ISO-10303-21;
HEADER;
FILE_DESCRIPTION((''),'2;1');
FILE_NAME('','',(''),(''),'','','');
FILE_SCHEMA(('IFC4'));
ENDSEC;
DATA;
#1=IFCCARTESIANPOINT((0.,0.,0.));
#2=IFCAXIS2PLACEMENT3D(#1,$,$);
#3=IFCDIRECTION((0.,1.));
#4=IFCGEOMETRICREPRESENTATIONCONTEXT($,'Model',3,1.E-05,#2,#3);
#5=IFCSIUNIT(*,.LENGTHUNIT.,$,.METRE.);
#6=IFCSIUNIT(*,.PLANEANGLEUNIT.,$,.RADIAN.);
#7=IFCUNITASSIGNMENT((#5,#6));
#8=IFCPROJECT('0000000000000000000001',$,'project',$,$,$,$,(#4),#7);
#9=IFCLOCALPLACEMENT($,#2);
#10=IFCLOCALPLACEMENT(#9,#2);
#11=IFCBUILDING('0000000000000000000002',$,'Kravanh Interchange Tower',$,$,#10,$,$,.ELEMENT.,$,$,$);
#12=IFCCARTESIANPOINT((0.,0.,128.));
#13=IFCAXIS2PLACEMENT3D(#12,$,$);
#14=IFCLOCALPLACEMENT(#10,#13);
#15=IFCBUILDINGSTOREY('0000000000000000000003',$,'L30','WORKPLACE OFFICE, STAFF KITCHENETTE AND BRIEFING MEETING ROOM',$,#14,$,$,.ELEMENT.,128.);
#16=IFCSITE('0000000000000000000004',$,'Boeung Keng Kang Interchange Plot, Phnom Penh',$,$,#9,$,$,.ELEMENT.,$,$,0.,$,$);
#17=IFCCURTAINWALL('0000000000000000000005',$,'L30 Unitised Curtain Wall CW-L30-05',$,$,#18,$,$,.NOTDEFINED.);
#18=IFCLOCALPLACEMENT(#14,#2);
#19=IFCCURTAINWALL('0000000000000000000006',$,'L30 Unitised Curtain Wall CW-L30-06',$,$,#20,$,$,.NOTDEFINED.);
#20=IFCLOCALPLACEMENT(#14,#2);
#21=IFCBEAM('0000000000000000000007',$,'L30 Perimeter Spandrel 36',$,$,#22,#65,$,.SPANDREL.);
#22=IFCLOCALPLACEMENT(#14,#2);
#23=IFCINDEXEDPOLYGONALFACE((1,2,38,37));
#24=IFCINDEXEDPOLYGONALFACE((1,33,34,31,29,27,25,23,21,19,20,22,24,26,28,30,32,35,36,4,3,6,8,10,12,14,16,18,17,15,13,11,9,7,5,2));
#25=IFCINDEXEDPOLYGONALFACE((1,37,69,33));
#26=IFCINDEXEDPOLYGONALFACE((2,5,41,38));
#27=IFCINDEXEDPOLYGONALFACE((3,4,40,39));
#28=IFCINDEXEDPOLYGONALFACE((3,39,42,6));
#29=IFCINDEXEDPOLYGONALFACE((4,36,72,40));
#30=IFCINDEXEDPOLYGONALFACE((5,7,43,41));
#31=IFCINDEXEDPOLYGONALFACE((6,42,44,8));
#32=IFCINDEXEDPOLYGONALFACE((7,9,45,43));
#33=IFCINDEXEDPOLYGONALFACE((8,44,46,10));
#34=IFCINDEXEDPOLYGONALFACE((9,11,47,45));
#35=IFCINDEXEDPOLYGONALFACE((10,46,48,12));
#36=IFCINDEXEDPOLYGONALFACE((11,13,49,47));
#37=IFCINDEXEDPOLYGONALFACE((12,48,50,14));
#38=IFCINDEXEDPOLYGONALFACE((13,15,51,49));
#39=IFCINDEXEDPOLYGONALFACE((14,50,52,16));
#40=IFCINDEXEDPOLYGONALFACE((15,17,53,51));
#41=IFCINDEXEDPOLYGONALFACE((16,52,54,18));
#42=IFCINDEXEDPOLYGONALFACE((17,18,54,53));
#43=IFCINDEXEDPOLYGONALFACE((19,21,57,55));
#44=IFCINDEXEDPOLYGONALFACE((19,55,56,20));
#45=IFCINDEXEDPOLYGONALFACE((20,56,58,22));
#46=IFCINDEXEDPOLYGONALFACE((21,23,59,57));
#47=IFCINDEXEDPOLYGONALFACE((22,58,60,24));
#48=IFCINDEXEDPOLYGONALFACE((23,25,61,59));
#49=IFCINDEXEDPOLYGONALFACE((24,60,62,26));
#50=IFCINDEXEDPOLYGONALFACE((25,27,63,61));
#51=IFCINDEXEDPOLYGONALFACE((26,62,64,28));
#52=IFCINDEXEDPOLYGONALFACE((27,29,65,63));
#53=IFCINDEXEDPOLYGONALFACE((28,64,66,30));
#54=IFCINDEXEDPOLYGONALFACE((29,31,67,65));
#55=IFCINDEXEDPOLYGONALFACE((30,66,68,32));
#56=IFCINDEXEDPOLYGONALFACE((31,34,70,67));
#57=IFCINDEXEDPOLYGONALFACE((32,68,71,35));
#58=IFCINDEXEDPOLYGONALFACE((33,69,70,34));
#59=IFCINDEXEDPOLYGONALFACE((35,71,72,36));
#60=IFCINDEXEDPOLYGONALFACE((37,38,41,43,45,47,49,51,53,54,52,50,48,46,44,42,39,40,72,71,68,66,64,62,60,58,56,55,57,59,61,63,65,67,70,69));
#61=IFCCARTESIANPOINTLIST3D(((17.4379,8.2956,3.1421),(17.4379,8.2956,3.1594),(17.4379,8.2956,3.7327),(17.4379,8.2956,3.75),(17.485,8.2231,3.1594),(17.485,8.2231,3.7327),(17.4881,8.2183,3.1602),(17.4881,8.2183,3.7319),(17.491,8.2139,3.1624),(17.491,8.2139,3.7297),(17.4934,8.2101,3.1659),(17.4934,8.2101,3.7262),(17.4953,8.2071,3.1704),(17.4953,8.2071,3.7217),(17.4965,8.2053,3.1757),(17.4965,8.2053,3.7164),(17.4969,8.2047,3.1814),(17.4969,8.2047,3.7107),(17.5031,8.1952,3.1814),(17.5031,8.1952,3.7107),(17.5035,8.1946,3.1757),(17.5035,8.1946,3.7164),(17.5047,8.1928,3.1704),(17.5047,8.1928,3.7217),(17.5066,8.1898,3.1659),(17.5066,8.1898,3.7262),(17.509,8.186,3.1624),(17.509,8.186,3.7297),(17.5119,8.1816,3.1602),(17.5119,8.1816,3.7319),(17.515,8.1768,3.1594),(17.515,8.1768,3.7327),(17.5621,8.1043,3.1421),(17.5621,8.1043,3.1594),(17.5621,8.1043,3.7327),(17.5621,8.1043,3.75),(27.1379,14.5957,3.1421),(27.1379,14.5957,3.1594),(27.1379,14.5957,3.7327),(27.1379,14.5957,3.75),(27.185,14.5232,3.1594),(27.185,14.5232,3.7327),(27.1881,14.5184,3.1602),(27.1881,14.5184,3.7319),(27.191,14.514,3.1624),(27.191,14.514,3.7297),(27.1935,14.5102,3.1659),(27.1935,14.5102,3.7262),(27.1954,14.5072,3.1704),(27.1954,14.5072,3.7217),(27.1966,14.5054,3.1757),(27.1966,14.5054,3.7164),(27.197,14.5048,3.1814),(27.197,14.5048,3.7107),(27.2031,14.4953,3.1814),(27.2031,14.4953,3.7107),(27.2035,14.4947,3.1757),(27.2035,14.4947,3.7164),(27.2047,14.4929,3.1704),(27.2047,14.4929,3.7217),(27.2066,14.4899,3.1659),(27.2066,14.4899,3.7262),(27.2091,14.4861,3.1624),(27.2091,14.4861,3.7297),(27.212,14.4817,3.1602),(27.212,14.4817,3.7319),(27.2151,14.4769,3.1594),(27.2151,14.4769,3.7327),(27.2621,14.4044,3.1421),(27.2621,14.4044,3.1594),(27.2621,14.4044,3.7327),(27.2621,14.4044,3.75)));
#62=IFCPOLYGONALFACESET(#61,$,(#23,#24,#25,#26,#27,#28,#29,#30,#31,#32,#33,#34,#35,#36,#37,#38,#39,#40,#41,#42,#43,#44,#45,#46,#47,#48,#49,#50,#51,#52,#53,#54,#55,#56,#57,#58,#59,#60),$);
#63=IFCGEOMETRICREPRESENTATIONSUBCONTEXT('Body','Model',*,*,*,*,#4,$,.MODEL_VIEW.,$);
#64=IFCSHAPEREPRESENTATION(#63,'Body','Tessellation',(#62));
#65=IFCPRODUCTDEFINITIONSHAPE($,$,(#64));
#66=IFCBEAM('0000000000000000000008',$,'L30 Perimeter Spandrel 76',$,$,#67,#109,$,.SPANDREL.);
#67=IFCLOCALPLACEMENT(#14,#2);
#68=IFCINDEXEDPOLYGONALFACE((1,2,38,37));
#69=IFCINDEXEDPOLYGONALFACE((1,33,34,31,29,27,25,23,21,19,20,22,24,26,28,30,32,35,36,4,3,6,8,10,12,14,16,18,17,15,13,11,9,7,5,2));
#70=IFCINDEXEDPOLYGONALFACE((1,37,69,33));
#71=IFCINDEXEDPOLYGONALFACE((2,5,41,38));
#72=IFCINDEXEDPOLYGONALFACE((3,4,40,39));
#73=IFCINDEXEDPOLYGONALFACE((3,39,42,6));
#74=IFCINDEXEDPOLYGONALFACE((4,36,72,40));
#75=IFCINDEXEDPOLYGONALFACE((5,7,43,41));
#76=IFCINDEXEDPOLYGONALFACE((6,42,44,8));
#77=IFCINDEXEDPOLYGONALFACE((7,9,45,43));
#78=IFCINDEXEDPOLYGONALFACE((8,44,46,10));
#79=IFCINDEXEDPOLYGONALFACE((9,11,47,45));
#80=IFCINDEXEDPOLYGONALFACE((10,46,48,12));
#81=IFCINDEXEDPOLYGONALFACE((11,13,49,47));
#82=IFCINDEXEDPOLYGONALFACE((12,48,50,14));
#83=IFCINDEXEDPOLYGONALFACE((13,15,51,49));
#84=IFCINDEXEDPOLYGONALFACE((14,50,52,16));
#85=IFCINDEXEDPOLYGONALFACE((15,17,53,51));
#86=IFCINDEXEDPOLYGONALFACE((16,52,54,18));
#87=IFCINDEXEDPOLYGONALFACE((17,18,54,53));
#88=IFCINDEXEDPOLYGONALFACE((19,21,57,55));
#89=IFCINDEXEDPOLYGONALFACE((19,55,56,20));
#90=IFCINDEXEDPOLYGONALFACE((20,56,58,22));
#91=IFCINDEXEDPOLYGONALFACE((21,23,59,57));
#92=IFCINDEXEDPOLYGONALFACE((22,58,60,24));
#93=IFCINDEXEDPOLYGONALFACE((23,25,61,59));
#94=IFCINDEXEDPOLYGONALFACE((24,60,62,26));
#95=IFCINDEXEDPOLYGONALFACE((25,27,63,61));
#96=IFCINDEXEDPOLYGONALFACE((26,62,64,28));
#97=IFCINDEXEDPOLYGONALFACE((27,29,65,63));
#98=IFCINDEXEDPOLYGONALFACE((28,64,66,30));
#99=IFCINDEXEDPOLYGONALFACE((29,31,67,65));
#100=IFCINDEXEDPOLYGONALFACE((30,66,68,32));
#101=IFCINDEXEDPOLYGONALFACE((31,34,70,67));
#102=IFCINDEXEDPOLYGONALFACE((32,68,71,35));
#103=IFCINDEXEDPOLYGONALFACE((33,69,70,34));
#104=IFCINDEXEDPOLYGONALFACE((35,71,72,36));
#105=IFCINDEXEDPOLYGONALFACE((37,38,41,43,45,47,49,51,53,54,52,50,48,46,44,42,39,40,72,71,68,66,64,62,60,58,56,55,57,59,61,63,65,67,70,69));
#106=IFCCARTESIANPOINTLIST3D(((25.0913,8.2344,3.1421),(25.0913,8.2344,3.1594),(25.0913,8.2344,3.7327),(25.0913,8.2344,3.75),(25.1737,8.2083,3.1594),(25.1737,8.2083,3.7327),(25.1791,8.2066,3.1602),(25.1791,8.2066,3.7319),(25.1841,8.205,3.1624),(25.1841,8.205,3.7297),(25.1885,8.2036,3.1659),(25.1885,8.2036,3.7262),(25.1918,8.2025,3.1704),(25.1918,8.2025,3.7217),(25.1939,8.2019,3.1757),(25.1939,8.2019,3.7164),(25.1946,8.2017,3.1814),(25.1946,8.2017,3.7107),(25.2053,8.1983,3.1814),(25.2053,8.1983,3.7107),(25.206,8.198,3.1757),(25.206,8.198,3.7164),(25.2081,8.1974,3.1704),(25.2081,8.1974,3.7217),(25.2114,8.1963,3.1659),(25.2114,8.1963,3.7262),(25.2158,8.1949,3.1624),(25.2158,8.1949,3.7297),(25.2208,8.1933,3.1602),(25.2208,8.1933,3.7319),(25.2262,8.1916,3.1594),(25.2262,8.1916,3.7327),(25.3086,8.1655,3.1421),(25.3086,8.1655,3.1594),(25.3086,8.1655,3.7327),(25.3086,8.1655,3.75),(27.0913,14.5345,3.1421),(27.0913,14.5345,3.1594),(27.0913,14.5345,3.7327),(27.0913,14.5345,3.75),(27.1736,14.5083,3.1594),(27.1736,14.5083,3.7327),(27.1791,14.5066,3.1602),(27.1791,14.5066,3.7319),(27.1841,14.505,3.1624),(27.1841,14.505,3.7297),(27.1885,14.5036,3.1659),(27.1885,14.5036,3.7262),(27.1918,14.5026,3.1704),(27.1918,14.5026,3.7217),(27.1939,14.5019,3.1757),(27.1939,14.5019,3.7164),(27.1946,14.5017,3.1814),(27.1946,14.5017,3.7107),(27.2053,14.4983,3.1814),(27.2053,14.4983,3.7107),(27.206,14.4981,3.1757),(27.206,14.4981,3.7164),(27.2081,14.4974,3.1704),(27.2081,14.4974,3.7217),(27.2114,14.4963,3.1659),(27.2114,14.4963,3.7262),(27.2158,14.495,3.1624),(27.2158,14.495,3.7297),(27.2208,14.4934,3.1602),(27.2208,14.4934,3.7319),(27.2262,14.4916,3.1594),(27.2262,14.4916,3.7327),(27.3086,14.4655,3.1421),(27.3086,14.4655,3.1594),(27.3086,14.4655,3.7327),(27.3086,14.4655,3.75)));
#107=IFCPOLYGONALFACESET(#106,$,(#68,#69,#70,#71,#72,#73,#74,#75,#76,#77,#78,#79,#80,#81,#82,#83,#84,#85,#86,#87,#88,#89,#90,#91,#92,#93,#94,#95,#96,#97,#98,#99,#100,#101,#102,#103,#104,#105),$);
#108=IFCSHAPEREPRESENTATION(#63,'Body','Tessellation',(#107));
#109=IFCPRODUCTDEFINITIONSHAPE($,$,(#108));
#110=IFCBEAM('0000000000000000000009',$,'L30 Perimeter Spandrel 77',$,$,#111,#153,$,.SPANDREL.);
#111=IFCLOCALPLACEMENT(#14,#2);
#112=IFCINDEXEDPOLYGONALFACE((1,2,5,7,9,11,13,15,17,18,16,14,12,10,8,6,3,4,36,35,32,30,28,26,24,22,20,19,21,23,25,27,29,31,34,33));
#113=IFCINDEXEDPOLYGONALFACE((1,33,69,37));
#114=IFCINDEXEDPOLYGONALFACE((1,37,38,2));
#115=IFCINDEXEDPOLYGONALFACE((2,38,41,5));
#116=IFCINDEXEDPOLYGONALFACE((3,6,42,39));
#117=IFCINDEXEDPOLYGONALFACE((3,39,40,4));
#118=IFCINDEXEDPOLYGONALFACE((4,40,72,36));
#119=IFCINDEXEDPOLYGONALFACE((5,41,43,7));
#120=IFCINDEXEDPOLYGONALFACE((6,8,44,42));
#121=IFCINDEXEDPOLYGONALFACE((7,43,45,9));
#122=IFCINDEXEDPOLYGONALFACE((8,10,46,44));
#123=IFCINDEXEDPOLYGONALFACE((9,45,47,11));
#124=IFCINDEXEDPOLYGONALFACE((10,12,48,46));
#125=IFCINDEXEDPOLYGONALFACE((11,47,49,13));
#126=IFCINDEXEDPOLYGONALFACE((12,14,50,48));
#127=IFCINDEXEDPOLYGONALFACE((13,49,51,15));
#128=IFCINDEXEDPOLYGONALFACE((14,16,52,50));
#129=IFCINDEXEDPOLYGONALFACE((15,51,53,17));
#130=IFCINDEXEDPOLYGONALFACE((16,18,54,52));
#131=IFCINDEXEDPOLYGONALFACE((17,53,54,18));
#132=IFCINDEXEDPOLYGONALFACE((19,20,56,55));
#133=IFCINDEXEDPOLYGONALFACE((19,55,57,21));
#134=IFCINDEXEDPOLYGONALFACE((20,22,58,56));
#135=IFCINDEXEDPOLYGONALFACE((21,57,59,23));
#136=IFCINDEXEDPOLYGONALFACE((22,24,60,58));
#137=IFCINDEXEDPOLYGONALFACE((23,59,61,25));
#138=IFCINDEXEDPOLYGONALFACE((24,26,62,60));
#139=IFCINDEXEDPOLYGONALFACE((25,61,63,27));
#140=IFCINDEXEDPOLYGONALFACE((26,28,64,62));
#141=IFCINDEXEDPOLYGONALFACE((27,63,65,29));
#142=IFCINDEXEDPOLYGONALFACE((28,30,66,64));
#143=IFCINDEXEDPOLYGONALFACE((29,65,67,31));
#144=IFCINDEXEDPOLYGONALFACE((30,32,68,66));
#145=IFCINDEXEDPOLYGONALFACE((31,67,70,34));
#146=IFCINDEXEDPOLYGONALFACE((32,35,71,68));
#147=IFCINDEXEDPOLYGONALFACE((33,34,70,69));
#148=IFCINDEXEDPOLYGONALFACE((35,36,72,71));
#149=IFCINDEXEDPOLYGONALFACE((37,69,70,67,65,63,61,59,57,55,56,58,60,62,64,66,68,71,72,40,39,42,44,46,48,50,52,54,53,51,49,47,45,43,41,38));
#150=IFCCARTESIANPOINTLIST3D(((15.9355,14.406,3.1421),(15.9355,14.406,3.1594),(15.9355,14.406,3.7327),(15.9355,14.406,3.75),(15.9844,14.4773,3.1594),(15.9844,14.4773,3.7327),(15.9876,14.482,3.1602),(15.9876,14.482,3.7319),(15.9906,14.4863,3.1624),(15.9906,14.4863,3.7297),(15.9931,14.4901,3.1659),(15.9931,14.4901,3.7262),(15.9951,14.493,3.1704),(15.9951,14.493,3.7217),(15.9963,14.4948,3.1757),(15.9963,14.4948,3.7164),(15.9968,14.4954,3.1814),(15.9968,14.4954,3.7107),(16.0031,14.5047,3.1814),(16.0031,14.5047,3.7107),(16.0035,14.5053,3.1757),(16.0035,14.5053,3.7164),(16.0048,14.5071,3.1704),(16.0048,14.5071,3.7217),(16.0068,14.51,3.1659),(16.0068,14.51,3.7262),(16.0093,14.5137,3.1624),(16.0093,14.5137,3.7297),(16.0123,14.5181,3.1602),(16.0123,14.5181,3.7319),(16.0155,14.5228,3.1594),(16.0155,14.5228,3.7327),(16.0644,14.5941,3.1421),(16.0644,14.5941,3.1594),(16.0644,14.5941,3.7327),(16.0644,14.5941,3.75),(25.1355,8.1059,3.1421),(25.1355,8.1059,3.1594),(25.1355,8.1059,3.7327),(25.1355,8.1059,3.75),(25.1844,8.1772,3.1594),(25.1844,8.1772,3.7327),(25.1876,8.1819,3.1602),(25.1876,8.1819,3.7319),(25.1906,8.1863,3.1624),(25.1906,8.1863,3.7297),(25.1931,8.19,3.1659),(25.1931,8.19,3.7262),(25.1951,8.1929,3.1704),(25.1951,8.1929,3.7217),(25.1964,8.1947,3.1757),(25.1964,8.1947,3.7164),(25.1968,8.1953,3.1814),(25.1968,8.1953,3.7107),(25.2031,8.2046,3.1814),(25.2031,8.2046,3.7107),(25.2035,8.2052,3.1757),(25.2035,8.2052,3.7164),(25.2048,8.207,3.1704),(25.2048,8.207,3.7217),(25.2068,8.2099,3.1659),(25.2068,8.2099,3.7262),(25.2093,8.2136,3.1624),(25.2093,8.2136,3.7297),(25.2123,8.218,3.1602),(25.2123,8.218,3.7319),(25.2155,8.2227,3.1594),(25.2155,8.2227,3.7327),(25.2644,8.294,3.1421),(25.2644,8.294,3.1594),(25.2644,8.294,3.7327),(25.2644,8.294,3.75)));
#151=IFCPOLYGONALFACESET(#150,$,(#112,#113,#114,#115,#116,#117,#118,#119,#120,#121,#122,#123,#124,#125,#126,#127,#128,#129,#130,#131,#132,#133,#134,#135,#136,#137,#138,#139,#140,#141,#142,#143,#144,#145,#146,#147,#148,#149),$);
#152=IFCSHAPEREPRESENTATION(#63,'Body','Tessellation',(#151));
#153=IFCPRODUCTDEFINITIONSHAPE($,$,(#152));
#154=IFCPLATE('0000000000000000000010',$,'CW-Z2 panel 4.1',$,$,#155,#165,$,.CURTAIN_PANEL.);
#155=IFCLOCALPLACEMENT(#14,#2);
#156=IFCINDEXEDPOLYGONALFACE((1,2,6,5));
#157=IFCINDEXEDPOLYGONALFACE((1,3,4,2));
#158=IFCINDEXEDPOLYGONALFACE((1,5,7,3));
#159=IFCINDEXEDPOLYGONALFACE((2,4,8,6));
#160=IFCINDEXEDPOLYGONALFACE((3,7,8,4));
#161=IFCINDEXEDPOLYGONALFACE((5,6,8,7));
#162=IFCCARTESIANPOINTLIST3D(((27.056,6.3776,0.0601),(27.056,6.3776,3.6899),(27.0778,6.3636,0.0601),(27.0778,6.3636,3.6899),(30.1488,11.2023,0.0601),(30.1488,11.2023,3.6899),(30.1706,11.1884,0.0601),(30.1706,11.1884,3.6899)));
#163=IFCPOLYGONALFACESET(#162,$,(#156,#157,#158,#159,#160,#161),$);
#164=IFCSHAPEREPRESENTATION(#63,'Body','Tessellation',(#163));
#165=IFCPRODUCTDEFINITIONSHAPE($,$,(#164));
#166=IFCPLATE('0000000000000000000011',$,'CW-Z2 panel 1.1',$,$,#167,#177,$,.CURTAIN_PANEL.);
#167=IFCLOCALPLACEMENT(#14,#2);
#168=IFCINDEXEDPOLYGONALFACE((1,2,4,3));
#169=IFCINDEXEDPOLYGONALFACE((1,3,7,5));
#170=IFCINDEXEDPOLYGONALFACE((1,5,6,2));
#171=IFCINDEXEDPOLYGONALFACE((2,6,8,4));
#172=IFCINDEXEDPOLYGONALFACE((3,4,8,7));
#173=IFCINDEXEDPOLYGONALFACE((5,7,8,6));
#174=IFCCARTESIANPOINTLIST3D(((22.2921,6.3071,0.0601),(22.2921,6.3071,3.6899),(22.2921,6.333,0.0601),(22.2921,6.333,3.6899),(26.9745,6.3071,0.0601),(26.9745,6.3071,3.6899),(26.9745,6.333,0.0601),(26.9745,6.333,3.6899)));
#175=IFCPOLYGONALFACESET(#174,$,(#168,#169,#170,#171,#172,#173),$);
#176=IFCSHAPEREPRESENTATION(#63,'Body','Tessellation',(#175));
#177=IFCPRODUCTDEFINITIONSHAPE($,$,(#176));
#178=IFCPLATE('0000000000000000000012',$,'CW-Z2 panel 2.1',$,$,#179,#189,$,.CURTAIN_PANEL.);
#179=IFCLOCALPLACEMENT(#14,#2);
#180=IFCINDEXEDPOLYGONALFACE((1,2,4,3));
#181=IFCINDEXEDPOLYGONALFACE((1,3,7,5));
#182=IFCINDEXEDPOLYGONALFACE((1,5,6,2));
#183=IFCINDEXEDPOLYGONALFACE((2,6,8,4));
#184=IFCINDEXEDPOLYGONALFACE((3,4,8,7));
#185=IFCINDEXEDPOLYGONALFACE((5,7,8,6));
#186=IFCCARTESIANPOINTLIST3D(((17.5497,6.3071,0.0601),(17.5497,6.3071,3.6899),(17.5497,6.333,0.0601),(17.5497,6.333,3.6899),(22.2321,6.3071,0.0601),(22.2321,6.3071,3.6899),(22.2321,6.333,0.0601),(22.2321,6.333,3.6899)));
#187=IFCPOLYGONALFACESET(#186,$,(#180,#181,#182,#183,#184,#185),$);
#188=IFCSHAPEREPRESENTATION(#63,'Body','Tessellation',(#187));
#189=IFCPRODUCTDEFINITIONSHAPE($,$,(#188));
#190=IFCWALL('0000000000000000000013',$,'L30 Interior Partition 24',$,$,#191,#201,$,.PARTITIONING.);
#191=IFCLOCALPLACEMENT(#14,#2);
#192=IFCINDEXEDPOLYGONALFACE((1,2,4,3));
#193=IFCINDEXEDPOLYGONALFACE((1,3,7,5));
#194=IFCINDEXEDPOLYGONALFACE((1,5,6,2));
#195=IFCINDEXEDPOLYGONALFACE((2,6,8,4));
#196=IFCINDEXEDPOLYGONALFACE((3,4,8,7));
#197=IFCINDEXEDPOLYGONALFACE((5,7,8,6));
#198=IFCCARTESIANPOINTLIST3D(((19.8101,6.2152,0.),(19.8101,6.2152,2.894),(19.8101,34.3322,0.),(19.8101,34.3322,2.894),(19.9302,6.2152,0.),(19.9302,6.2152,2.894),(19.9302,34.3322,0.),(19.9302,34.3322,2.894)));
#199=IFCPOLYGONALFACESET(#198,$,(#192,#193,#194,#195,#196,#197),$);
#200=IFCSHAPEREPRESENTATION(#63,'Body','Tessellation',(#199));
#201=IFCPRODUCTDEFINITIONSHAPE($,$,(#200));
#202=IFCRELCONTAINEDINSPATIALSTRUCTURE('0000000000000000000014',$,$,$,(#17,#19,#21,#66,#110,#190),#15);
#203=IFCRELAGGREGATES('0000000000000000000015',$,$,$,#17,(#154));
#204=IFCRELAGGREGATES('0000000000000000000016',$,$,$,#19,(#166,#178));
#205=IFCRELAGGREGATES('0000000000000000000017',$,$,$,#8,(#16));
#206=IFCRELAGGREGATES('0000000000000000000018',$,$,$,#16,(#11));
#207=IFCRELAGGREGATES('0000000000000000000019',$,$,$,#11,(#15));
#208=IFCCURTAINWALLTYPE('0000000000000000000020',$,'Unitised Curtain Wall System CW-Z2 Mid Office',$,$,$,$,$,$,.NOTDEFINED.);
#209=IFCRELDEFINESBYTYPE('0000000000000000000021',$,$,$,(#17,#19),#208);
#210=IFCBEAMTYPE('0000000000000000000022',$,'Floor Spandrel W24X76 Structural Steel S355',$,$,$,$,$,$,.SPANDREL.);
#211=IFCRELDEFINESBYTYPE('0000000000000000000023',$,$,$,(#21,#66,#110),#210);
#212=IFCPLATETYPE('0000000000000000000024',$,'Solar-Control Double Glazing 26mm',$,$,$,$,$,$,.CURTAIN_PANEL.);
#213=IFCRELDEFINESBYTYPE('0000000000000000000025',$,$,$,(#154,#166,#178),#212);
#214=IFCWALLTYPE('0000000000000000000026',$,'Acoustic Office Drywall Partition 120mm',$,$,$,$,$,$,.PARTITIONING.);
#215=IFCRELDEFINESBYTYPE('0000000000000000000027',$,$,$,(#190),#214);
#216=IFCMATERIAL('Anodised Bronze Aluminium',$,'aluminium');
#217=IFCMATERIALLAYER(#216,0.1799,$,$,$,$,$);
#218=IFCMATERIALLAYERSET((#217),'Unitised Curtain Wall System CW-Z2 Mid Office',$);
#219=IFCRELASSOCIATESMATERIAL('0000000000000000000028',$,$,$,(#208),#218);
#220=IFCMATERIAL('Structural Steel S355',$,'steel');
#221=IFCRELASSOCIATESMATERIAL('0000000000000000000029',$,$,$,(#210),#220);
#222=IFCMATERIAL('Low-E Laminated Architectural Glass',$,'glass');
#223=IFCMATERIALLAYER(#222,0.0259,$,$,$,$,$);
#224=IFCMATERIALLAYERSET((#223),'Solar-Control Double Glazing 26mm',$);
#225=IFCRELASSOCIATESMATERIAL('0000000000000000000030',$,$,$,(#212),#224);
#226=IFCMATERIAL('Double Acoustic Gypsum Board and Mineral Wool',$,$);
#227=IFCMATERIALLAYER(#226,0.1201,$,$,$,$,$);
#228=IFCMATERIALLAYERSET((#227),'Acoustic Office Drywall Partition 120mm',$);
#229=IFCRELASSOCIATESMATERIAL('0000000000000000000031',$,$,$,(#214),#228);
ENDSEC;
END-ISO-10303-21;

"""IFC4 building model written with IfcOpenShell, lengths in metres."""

from ifc_helpers import new_model, si_unit, direction, frame, frame_2d, origin, origin_2d, place, context, subcontext, project, spatial, rectangle, i_section, extrude, material, layer, layer_set, material_profile, profile_set, type_object, element, aggregate, save


model = new_model("IFC4")

# Units and contexts
model_context = context("Model", 3, precision=1e-05, world=origin(), true_north=direction((0.0, 1.0)))
body_context = subcontext(model_context, "Body", "Model", "MODEL_VIEW")
ifc_project = project(units=[si_unit("LENGTHUNIT", "METRE"), si_unit("PLANEANGLEUNIT", "RADIAN")], contexts=[model_context])

# Site, building, storey
site_placement = place(None, origin())
site = spatial("IfcSite", under=ifc_project, at=site_placement, Name="Boeung Keng Kang Interchange Plot, Phnom Penh", CompositionType="ELEMENT", RefElevation=0.0)
building_placement = place(site_placement, origin())
building = spatial("IfcBuilding", under=site, at=building_placement, Name="Kravanh Interchange Tower", CompositionType="ELEMENT")
storey_placement = place(building_placement, frame((0.0, 0.0, 128.0)))
storey = spatial("IfcBuildingStorey", under=building, at=storey_placement, Name="L30", Description="WORKPLACE OFFICE, STAFF KITCHENETTE AND BRIEFING MEETING ROOM", CompositionType="ELEMENT", Elevation=128.0)

# Curtain wall
ifc_material_1 = material(Name="Anodised Bronze Aluminium", Category="aluminium")
ifc_layer_1 = layer(ifc_material_1, 0.1799)
ifc_layer_set_1 = layer_set([ifc_layer_1], Name="Unitised Curtain Wall System CW-Z2 Mid Office")
curtain_wall_type = type_object("IfcCurtainWallType", Name="Unitised Curtain Wall System CW-Z2 Mid Office", PredefinedType="NOTDEFINED", material=ifc_layer_set_1)
curtain_wall_1_placement = place(storey_placement, origin())
curtain_wall_1 = element("IfcCurtainWall", 1, at=curtain_wall_1_placement, inside=storey, type_object=curtain_wall_type, Name="L30 Unitised Curtain Wall CW-L30-05", PredefinedType="NOTDEFINED")

# Curtain wall
curtain_wall_2_placement = place(storey_placement, origin())
curtain_wall_2 = element("IfcCurtainWall", 2, at=curtain_wall_2_placement, inside=storey, type_object=curtain_wall_type, Name="L30 Unitised Curtain Wall CW-L30-06", PredefinedType="NOTDEFINED")

# Beams
ifc_material_2 = material(Name="Structural Steel S355", Category="steel")
ifc_material_profile_1 = material_profile(ifc_material_2, i_section(OverallWidth=0.228, OverallDepth=0.6079, WebThickness=0.0112, FlangeThickness=0.0173, FilletRadius=0.022, at=origin_2d()), Name="W24X76")
ifc_profile_set_1 = profile_set([ifc_material_profile_1], Name="Structural Steel S355")
beam_type_1 = type_object("IfcBeamType", Name="Floor Spandrel W24X76 Structural Steel S355", PredefinedType="SPANDREL", material=ifc_profile_set_1)
beam_1_placement = place(storey_placement, frame((17.5, 8.2, 3.446), z_axis=(0.838638, 0.544689, 0.0), x_axis=(-0.544689, 0.838638, 0.0)))
element("IfcBeam", 3, at=beam_1_placement, inside=storey, type_object=beam_type_1, Name="L30 Perimeter Spandrel 36", PredefinedType="SPANDREL", context=body_context, shape_type="SweptSolid", body=[
    extrude(i_section(OverallWidth=0.228, OverallDepth=0.6079, WebThickness=0.0112, FlangeThickness=0.0173, FilletRadius=0.022, at=origin_2d()), origin(), (0.0, 0.0, 1.0), 11.5664),
])
beam_2_placement = place(storey_placement, frame((25.2, 8.2, 3.446), z_axis=(0.302577, 0.953125, 0.0), x_axis=(-0.953125, 0.302577, 0.0)))
element("IfcBeam", 4, at=beam_2_placement, inside=storey, type_object=beam_type_1, Name="L30 Perimeter Spandrel 76", PredefinedType="SPANDREL", context=body_context, shape_type="SweptSolid", body=[
    extrude(i_section(OverallWidth=0.228, OverallDepth=0.6079, WebThickness=0.0112, FlangeThickness=0.0173, FilletRadius=0.022, at=origin_2d()), origin(), (0.0, 0.0, 1.0), 6.6099),
])
beam_3_placement = place(storey_placement, frame((25.2, 8.2, 3.446), z_axis=(-0.825084, 0.56501, 0.0), x_axis=(-0.56501, -0.825084, 0.0)))
element("IfcBeam", 5, at=beam_3_placement, inside=storey, type_object=beam_type_1, Name="L30 Perimeter Spandrel 77", PredefinedType="SPANDREL", context=body_context, shape_type="SweptSolid", body=[
    extrude(i_section(OverallWidth=0.228, OverallDepth=0.6079, WebThickness=0.0112, FlangeThickness=0.0173, FilletRadius=0.022, at=origin_2d()), origin(), (0.0, 0.0, 1.0), 11.1504),
])

# Plates
ifc_material_3 = material(Name="Low-E Laminated Architectural Glass", Category="glass")
ifc_layer_2 = layer(ifc_material_3, 0.0259)
ifc_layer_set_2 = layer_set([ifc_layer_2], Name="Solar-Control Double Glazing 26mm")
plate_type = type_object("IfcPlateType", Name="Solar-Control Double Glazing 26mm", PredefinedType="CURTAIN_PANEL", material=ifc_layer_set_2)
plate_1_placement = place(storey_placement, frame((28.6133, 8.783, 0.0601), z_axis=(0.0, 0.0, 1.0), x_axis=(-0.539665, -0.84188, 0.0)))
plate_1 = element("IfcPlate", 6, at=plate_1_placement, type_object=plate_type, Name="CW-Z2 panel 4.1", PredefinedType="CURTAIN_PANEL", context=body_context, shape_type="SweptSolid", body=[
    extrude(rectangle(XDim=5.731, YDim=0.0259, at=origin_2d()), origin(), (0.0, 0.0, 1.0), 3.6299),
])
aggregate(curtain_wall_1, [plate_1])
plate_2_placement = place(storey_placement, frame((24.6333, 6.3201, 0.0601), z_axis=(0.0, 0.0, 1.0), x_axis=(-1.0, 0.0, 0.0)))
plate_2 = element("IfcPlate", 7, at=plate_2_placement, type_object=plate_type, Name="CW-Z2 panel 1.1", PredefinedType="CURTAIN_PANEL", context=body_context, shape_type="SweptSolid", body=[
    extrude(rectangle(XDim=4.6824, YDim=0.0259, at=origin_2d()), origin(), (0.0, 0.0, 1.0), 3.6299),
])
plate_3_placement = place(storey_placement, frame((19.8909, 6.3201, 0.0601), z_axis=(0.0, 0.0, 1.0), x_axis=(-1.0, 0.0, 0.0)))
plate_3 = element("IfcPlate", 8, at=plate_3_placement, type_object=plate_type, Name="CW-Z2 panel 2.1", PredefinedType="CURTAIN_PANEL", context=body_context, shape_type="SweptSolid", body=[
    extrude(rectangle(XDim=4.6824, YDim=0.0259, at=origin_2d()), origin(), (0.0, 0.0, 1.0), 3.6299),
])
aggregate(curtain_wall_2, [plate_2, plate_3])

# Wall
ifc_material_4 = material(Name="Double Acoustic Gypsum Board and Mineral Wool")
ifc_layer_3 = layer(ifc_material_4, 0.1201)
ifc_layer_set_3 = layer_set([ifc_layer_3], Name="Acoustic Office Drywall Partition 120mm")
wall_type = type_object("IfcWallType", Name="Acoustic Office Drywall Partition 120mm", PredefinedType="PARTITIONING", material=ifc_layer_set_3)
wall_1_placement = place(storey_placement, frame((19.8701, 6.2151, 0.0), z_axis=(0.0, 0.0, 1.0), x_axis=(0.0, 1.0, 0.0)))
element("IfcWall", 9, at=wall_1_placement, inside=storey, type_object=wall_type, Name="L30 Interior Partition 24", PredefinedType="PARTITIONING", context=body_context, shape_type="SweptSolid", body=[
    extrude(rectangle(XDim=28.1169, YDim=0.1201, at=frame_2d((14.0586, 0.0))), origin(), (0.0, 0.0, 1.0), 2.894),
])

save(model, "model.ifc")
